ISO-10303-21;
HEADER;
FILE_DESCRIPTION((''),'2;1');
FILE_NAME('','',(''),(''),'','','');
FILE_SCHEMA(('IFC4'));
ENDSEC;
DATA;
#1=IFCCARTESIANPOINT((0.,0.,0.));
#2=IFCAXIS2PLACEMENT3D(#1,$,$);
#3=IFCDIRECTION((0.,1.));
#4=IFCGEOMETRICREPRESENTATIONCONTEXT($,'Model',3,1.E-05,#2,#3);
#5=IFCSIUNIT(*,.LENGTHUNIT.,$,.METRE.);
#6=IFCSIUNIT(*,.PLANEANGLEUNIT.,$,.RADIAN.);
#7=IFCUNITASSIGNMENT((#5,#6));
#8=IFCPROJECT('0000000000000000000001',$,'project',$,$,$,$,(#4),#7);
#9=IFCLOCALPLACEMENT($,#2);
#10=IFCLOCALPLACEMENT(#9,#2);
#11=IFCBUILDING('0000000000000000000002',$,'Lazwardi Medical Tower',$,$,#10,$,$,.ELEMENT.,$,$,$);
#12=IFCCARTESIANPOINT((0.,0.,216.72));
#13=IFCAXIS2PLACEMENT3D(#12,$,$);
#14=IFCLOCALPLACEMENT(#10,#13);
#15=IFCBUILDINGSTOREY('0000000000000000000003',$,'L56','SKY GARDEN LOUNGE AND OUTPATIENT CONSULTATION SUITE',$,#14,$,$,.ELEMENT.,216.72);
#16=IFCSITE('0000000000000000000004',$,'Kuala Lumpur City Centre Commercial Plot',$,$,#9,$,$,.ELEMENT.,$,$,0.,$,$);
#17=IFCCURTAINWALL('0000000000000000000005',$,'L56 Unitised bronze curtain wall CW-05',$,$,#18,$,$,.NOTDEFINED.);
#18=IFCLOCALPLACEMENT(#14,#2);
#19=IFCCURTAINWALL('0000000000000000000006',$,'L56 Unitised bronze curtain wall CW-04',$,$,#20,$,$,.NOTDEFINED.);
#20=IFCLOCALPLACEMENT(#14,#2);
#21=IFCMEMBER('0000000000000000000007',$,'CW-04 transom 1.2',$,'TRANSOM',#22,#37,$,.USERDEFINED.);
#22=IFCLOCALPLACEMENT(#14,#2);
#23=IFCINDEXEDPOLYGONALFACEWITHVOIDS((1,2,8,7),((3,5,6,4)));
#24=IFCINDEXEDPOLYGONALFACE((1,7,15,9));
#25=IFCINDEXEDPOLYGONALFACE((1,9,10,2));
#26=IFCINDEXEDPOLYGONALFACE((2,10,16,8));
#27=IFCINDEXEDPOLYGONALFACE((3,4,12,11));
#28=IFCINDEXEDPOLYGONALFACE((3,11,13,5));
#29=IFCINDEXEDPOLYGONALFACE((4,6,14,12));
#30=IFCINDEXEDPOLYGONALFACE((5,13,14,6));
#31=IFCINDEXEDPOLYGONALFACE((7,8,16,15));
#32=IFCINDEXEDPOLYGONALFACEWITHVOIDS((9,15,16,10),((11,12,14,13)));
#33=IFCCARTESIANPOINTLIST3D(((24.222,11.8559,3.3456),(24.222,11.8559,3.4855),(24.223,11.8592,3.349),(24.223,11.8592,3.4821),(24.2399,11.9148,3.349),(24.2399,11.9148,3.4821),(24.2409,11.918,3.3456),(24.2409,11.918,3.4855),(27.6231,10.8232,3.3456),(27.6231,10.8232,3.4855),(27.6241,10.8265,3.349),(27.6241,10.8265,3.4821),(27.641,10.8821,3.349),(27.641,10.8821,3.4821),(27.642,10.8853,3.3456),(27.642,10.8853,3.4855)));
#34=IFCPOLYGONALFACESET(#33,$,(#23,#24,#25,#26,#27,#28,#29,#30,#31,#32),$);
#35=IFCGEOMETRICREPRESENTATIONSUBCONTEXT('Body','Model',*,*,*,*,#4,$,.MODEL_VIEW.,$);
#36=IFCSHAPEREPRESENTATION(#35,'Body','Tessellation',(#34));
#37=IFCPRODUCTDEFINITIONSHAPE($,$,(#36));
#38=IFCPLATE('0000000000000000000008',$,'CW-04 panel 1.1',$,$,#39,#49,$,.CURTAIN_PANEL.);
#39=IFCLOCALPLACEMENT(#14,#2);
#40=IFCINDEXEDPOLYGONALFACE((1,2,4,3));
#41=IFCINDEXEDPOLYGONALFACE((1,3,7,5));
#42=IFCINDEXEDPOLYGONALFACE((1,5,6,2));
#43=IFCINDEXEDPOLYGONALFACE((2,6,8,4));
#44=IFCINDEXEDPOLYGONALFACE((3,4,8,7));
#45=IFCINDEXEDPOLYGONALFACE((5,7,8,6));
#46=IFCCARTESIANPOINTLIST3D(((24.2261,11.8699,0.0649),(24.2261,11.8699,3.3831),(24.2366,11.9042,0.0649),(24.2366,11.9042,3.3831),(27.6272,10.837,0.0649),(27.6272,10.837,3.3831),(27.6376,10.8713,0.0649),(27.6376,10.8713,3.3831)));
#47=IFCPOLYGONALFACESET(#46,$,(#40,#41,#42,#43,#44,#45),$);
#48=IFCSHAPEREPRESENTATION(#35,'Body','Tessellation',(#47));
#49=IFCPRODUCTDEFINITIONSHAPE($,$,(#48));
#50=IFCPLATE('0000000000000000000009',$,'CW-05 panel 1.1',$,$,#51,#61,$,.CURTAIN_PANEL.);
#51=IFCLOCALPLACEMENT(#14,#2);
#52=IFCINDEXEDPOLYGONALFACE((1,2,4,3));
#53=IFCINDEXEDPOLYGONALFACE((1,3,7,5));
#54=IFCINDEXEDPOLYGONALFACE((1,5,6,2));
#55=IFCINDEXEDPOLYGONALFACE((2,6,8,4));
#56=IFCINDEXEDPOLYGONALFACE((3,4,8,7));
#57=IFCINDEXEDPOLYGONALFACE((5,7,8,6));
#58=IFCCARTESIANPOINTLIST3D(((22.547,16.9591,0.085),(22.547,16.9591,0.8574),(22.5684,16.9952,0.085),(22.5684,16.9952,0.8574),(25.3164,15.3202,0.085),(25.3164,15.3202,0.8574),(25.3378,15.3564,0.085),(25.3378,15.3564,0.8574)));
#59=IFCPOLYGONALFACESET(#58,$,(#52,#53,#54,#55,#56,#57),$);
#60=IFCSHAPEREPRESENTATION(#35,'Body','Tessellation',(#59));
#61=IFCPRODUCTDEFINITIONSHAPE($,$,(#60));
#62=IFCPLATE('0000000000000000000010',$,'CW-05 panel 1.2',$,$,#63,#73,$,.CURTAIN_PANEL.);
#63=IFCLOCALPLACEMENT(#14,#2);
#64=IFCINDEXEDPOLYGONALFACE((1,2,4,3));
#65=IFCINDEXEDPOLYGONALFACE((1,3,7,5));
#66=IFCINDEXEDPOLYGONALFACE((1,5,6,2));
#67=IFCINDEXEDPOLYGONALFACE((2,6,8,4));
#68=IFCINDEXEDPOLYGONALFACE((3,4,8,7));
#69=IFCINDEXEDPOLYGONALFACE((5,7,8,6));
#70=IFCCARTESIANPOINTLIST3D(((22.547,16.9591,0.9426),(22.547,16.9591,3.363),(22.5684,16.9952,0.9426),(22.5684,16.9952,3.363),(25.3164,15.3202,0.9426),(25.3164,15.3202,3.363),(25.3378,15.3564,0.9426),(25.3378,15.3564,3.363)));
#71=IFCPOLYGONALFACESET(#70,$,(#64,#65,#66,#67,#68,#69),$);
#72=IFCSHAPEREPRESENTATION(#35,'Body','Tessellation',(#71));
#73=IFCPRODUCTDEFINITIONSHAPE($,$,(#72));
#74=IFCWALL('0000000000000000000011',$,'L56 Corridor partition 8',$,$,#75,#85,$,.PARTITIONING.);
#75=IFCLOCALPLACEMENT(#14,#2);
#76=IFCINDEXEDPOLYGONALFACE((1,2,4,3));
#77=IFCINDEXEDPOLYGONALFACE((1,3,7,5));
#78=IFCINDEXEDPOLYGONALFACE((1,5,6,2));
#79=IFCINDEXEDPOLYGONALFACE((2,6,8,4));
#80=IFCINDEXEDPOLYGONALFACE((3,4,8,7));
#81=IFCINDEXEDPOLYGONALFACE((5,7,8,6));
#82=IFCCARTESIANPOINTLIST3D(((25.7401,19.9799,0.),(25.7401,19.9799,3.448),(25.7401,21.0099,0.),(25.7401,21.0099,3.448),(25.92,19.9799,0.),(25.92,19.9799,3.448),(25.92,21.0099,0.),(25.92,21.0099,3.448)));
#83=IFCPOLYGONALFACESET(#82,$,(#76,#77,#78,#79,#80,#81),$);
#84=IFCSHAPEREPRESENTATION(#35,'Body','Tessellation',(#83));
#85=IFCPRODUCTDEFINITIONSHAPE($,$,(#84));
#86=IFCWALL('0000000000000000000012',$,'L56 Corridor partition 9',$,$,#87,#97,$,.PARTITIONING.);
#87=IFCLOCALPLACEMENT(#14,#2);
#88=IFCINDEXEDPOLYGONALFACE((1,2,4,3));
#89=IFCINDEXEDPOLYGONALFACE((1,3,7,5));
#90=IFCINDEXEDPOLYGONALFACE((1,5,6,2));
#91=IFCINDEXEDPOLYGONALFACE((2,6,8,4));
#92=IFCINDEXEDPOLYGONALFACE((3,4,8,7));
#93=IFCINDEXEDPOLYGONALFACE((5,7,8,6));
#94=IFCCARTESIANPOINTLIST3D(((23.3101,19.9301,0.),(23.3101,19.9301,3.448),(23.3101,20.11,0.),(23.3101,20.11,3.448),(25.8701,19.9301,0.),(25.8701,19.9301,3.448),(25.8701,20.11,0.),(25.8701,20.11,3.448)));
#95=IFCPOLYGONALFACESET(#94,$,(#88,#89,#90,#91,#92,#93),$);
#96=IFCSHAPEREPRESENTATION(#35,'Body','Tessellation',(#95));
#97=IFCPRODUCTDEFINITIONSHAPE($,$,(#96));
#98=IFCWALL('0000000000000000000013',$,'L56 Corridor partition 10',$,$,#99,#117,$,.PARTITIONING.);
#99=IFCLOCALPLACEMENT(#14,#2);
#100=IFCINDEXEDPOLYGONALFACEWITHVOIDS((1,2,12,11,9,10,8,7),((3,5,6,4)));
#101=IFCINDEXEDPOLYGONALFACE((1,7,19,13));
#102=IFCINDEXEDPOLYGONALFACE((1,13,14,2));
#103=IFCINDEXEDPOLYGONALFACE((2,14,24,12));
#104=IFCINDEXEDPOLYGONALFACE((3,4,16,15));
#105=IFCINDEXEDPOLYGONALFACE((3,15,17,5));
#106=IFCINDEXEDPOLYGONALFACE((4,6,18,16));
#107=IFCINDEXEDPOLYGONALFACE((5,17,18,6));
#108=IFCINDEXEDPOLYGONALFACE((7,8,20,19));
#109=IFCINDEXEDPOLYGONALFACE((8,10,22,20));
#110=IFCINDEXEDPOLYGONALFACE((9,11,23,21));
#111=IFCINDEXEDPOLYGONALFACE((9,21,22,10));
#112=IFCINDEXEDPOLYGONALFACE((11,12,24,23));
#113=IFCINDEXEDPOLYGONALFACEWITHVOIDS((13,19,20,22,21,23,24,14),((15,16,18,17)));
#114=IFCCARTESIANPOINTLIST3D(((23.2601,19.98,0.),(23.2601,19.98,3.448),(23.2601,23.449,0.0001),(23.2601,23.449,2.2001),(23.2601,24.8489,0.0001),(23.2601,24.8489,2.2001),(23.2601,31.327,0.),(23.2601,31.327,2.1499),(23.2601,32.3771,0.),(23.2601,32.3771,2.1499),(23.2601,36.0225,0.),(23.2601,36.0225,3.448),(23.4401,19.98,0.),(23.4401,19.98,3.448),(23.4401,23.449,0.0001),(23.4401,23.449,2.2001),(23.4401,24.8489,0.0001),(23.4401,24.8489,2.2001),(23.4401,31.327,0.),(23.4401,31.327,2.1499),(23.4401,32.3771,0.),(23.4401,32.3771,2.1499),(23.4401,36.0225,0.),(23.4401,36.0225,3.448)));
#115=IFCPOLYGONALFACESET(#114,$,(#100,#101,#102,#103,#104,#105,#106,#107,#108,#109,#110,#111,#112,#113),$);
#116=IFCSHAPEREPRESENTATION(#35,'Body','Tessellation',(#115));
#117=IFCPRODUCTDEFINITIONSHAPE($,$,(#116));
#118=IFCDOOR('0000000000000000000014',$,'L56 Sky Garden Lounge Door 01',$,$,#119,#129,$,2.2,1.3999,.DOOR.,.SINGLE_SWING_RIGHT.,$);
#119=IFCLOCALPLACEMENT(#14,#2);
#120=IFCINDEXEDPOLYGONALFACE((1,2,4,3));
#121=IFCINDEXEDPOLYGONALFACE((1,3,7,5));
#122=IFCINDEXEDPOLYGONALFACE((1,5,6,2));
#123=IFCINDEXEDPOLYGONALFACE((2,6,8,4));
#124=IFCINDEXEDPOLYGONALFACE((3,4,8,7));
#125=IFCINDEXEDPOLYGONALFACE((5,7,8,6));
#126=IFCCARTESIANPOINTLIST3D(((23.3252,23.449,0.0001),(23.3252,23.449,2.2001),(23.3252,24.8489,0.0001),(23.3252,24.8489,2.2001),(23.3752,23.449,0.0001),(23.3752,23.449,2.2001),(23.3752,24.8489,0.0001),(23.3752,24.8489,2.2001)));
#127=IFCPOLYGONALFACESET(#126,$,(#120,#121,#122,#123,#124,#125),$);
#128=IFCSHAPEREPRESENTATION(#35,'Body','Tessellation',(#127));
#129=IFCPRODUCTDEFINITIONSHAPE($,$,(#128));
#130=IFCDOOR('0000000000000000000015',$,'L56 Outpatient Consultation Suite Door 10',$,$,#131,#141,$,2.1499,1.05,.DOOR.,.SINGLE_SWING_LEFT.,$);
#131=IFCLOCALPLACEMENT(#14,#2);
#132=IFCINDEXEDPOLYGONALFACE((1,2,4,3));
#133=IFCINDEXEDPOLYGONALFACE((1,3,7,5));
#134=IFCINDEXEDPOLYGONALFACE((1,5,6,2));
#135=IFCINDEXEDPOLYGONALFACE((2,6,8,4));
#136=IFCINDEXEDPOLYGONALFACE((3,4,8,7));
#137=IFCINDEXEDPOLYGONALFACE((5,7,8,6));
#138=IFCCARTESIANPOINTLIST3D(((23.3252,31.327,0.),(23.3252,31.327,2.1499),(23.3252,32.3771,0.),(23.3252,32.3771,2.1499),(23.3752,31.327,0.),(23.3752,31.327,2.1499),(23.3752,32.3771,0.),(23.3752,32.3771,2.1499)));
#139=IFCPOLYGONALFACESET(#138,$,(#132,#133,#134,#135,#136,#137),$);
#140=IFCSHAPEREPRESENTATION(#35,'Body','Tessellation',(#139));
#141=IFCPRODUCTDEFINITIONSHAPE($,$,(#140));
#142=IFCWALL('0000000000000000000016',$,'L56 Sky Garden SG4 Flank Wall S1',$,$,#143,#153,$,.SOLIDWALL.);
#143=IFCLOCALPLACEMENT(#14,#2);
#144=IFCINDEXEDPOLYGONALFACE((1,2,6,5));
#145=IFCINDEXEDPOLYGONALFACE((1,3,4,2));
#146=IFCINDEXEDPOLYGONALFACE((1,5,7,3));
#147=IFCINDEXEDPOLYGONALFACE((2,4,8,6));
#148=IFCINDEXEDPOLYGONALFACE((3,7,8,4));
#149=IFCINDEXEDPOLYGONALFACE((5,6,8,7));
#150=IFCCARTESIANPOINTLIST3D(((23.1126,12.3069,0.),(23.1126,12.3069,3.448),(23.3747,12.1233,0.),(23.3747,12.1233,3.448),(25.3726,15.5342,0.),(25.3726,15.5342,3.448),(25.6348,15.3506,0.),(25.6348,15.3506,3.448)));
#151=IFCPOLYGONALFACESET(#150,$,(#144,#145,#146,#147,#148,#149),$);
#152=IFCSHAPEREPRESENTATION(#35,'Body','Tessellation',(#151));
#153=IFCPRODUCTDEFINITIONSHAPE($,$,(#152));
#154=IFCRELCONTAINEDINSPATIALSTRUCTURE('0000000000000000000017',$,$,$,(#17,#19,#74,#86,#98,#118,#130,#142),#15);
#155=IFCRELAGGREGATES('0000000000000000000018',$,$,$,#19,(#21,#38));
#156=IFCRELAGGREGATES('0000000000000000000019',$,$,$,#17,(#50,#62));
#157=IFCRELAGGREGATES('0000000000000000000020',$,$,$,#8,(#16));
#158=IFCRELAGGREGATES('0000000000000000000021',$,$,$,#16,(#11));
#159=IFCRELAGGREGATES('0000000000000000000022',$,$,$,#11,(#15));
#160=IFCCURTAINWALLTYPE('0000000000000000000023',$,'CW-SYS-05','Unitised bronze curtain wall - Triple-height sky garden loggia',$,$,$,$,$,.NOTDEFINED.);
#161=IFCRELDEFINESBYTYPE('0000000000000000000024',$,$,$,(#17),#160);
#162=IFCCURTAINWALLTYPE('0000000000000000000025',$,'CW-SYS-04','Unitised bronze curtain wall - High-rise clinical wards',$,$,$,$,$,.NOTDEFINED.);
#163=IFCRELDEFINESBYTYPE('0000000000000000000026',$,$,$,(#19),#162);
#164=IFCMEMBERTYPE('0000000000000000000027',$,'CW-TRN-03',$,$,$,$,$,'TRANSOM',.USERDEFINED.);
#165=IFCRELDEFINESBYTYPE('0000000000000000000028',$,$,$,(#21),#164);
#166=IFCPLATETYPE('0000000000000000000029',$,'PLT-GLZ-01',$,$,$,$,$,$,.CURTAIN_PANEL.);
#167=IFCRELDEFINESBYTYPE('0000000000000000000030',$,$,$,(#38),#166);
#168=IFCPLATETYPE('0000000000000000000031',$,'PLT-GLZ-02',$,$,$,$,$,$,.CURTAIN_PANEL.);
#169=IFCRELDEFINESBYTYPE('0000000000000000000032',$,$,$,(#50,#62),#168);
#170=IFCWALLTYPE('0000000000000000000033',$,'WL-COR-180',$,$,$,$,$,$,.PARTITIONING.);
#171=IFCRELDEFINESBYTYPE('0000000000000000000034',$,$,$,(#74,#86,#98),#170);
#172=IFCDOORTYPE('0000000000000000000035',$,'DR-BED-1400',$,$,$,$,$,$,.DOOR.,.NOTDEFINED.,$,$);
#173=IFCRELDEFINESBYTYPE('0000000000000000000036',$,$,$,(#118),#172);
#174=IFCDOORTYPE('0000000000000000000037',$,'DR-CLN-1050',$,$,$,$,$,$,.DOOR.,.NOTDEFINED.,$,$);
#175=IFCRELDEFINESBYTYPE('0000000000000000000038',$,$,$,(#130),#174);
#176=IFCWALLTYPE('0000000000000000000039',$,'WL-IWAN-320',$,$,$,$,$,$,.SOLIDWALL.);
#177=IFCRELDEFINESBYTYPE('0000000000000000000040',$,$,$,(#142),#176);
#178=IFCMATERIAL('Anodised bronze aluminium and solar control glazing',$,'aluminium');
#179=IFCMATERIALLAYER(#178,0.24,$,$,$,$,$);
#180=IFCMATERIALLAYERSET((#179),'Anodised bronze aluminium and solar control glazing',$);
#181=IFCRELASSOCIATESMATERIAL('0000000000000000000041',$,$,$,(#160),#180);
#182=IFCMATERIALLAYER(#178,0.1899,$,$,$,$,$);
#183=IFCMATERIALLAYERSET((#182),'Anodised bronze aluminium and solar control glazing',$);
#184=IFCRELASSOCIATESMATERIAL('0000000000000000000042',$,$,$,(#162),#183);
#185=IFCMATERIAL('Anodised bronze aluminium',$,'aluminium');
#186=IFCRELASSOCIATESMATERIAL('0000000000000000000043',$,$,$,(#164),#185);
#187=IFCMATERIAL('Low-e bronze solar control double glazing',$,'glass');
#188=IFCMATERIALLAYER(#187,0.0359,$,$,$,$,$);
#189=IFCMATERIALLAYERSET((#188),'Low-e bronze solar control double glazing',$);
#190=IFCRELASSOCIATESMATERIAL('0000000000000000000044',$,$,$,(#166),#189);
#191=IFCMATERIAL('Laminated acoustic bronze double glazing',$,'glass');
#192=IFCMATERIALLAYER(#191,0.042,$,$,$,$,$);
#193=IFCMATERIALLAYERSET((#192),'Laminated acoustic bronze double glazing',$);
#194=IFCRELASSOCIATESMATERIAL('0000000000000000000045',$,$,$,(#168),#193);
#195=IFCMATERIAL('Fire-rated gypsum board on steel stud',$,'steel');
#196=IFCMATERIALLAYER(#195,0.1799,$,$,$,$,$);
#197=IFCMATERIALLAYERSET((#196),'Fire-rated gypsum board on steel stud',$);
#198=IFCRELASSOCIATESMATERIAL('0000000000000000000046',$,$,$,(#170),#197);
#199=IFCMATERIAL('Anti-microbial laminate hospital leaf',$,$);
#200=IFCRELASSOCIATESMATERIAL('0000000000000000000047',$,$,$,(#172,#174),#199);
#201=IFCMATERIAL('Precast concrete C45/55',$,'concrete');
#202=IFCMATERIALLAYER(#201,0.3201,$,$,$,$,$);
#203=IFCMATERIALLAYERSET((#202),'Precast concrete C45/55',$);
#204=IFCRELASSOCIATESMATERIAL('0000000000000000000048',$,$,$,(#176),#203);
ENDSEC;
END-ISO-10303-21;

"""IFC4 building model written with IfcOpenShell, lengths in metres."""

from ifc_helpers import new_model, si_unit, direction, frame, frame_2d, origin, origin_2d, place, context, subcontext, project, spatial, rectangle, hollow_rectangle, extrude, material, layer, layer_set, material_profile, profile_set, type_object, element, fill, aggregate, save


model = new_model("IFC4")

# Units and contexts
model_context = context("Model", 3, precision=1e-05, world=origin(), true_north=direction((0.0, 1.0)))
body_context = subcontext(model_context, "Body", "Model", "MODEL_VIEW")
ifc_project = project(units=[si_unit("LENGTHUNIT", "METRE"), si_unit("PLANEANGLEUNIT", "RADIAN")], contexts=[model_context])

# Site, building, storey
site_placement = place(None, origin())
site = spatial("IfcSite", under=ifc_project, at=site_placement, Name="Kuala Lumpur City Centre Commercial Plot", CompositionType="ELEMENT", RefElevation=0.0)
building_placement = place(site_placement, origin())
building = spatial("IfcBuilding", under=site, at=building_placement, Name="Lazwardi Medical Tower", CompositionType="ELEMENT")
storey_placement = place(building_placement, frame((0.0, 0.0, 216.72)))
storey = spatial("IfcBuildingStorey", under=building, at=storey_placement, Name="L56", Description="SKY GARDEN LOUNGE AND OUTPATIENT CONSULTATION SUITE", CompositionType="ELEMENT", Elevation=216.72)

# Shared definitions
ifc_material_1 = material(Name="Anodised bronze aluminium and solar control glazing", Category="aluminium")
ifc_layer_1 = layer(ifc_material_1, 0.24)
ifc_layer_set_1 = layer_set([ifc_layer_1], Name="Anodised bronze aluminium and solar control glazing")
curtain_wall_type_1 = type_object("IfcCurtainWallType", Name="CW-SYS-05", Description="Unitised bronze curtain wall - Triple-height sky garden loggia", PredefinedType="NOTDEFINED", material=ifc_layer_set_1)
ifc_material_2 = material(Name="Anodised bronze aluminium", Category="aluminium")

# Curtain wall
curtain_wall_1_placement = place(storey_placement, origin())
curtain_wall_1 = element("IfcCurtainWall", 1, at=curtain_wall_1_placement, inside=storey, type_object=curtain_wall_type_1, Name="L56 Unitised bronze curtain wall CW-05", PredefinedType="NOTDEFINED")

# Curtain wall
ifc_layer_2 = layer(ifc_material_1, 0.1899)
ifc_layer_set_2 = layer_set([ifc_layer_2], Name="Anodised bronze aluminium and solar control glazing")
curtain_wall_type_2 = type_object("IfcCurtainWallType", Name="CW-SYS-04", Description="Unitised bronze curtain wall - High-rise clinical wards", PredefinedType="NOTDEFINED", material=ifc_layer_set_2)
curtain_wall_2_placement = place(storey_placement, origin())
curtain_wall_2 = element("IfcCurtainWall", 2, at=curtain_wall_2_placement, inside=storey, type_object=curtain_wall_type_2, Name="L56 Unitised bronze curtain wall CW-04", PredefinedType="NOTDEFINED")

# Member
ifc_material_profile_1 = material_profile(ifc_material_2, hollow_rectangle(XDim=0.0649, YDim=0.1399, WallThickness=0.0034, at=origin_2d()), Name="ALU-TRANSOM 140x65x3.5")
ifc_profile_set_1 = profile_set([ifc_material_profile_1], Name="Anodised bronze aluminium")
member_type_1 = type_object("IfcMemberType", Name="CW-TRN-03", ElementType="TRANSOM", PredefinedType="USERDEFINED", material=ifc_profile_set_1)
member_1_placement = place(storey_placement, frame((24.2314, 11.887, 3.4155), z_axis=(0.956863, -0.290541, 0.0), x_axis=(0.290541, 0.956863, 0.0)))
member_1 = element("IfcMember", 3, at=member_1_placement, type_object=member_type_1, Name="CW-04 transom 1.2", ObjectType="TRANSOM", PredefinedType="USERDEFINED", context=body_context, shape_type="SweptSolid", body=[
    extrude(hollow_rectangle(XDim=0.0649, YDim=0.1399, WallThickness=0.0034, at=origin_2d()), origin(), (0.0, 0.0, 1.0), 3.5544),
])

# Plates
ifc_material_3 = material(Name="Low-e bronze solar control double glazing", Category="glass")
ifc_layer_3 = layer(ifc_material_3, 0.0359)
ifc_layer_set_3 = layer_set([ifc_layer_3], Name="Low-e bronze solar control double glazing")
plate_type_1 = type_object("IfcPlateType", Name="PLT-GLZ-01", PredefinedType="CURTAIN_PANEL", material=ifc_layer_set_3)
plate_1_placement = place(storey_placement, frame((25.9319, 11.3706, 0.0649), z_axis=(0.0, 0.0, 1.0), x_axis=(0.95685, -0.290582, 0.0)))
plate_1 = element("IfcPlate", 4, at=plate_1_placement, type_object=plate_type_1, Name="CW-04 panel 1.1", PredefinedType="CURTAIN_PANEL", context=body_context, shape_type="SweptSolid", body=[
    extrude(rectangle(XDim=3.5544, YDim=0.0359, at=origin_2d()), origin(), (0.0, 0.0, 1.0), 3.3181),
])
aggregate(curtain_wall_2, [member_1, plate_1])
ifc_material_4 = material(Name="Laminated acoustic bronze double glazing", Category="glass")
ifc_layer_4 = layer(ifc_material_4, 0.042)
ifc_layer_set_4 = layer_set([ifc_layer_4], Name="Laminated acoustic bronze double glazing")
plate_type_2 = type_object("IfcPlateType", Name="PLT-GLZ-02", PredefinedType="CURTAIN_PANEL", material=ifc_layer_set_4)
plate_2_placement = place(storey_placement, frame((23.9424, 16.1577, 0.085), z_axis=(0.0, 0.0, 1.0), x_axis=(0.860605, -0.509273, 0.0)))
plate_2 = element("IfcPlate", 5, at=plate_2_placement, type_object=plate_type_2, Name="CW-05 panel 1.1", PredefinedType="CURTAIN_PANEL", context=body_context, shape_type="SweptSolid", body=[
    extrude(rectangle(XDim=3.218, YDim=0.042, at=origin_2d()), origin(), (0.0, 0.0, 1.0), 0.7725),
])
plate_3_placement = place(storey_placement, frame((23.9424, 16.1577, 0.9426), z_axis=(0.0, 0.0, 1.0), x_axis=(0.860605, -0.509273, 0.0)))
plate_3 = element("IfcPlate", 6, at=plate_3_placement, type_object=plate_type_2, Name="CW-05 panel 1.2", PredefinedType="CURTAIN_PANEL", context=body_context, shape_type="SweptSolid", body=[
    extrude(rectangle(XDim=3.218, YDim=0.042, at=origin_2d()), origin(), (0.0, 0.0, 1.0), 2.4204),
])
aggregate(curtain_wall_1, [plate_2, plate_3])

# Walls
ifc_material_5 = material(Name="Fire-rated gypsum board on steel stud", Category="steel")
ifc_layer_5 = layer(ifc_material_5, 0.1799)
ifc_layer_set_5 = layer_set([ifc_layer_5], Name="Fire-rated gypsum board on steel stud")
wall_type_1 = type_object("IfcWallType", Name="WL-COR-180", PredefinedType="PARTITIONING", material=ifc_layer_set_5)
wall_1_placement = place(storey_placement, frame((25.8301, 21.01, 0.0), z_axis=(0.0, 0.0, 1.0), x_axis=(0.0, -1.0, 0.0)))
element("IfcWall", 7, at=wall_1_placement, inside=storey, type_object=wall_type_1, Name="L56 Corridor partition 8", PredefinedType="PARTITIONING", context=body_context, shape_type="SweptSolid", body=[
    extrude(rectangle(XDim=1.03, YDim=0.1799, at=frame_2d((0.5151, 0.0))), origin(), (0.0, 0.0, 1.0), 3.448),
])
wall_2_placement = place(storey_placement, frame((25.8701, 20.02, 0.0), z_axis=(0.0, 0.0, 1.0), x_axis=(-1.0, 0.0, 0.0)))
element("IfcWall", 8, at=wall_2_placement, inside=storey, type_object=wall_type_1, Name="L56 Corridor partition 9", PredefinedType="PARTITIONING", context=body_context, shape_type="SweptSolid", body=[
    extrude(rectangle(XDim=2.5601, YDim=0.1799, at=frame_2d((1.28, 0.0))), origin(), (0.0, 0.0, 1.0), 3.448),
])

# Wall, openings, doors
wall_3_placement = place(storey_placement, frame((23.3501, 19.98, 0.0), z_axis=(0.0, 0.0, 1.0), x_axis=(0.0, 1.0, 0.0)))
wall_3 = element("IfcWall", 9, at=wall_3_placement, inside=storey, type_object=wall_type_1, Name="L56 Corridor partition 10", PredefinedType="PARTITIONING", context=body_context, shape_type="SweptSolid", body=[
    extrude(rectangle(XDim=16.0425, YDim=0.1799, at=frame_2d((8.0212, 0.0))), origin(), (0.0, 0.0, 1.0), 3.448),
])
opening_1_placement = place(wall_3_placement, frame((3.469, 0.0, 0.0)))
opening_1 = element("IfcOpeningElement", 10, at=opening_1_placement, cuts=wall_3, PredefinedType="OPENING", context=body_context, shape_type="SweptSolid", body=[
    extrude(rectangle(XDim=1.3999, YDim=2.2, at=frame_2d((0.7, 1.1001))), frame((0.0, 0.0999, 0.0), z_axis=(0.0, -1.0, 0.0), x_axis=(1.0, 0.0, 0.0)), (0.0, 0.0, 1.0), 0.2),
])
opening_2_placement = place(wall_3_placement, frame((11.3472, 0.0, 0.0)))
opening_2 = element("IfcOpeningElement", 11, at=opening_2_placement, cuts=wall_3, PredefinedType="OPENING", context=body_context, shape_type="SweptSolid", body=[
    extrude(rectangle(XDim=1.05, YDim=2.1499, at=frame_2d((0.5249, 1.075))), frame((0.0, 0.0999, 0.0), z_axis=(0.0, -1.0, 0.0), x_axis=(1.0, 0.0, 0.0)), (0.0, 0.0, 1.0), 0.2),
])
ifc_material_6 = material(Name="Anti-microbial laminate hospital leaf")
door_type_1 = type_object("IfcDoorType", Name="DR-BED-1400", OperationType="NOTDEFINED", PredefinedType="DOOR", material=ifc_material_6)
door_1_placement = place(opening_1_placement, origin())
door_1 = element("IfcDoor", 12, at=door_1_placement, inside=storey, type_object=door_type_1, Name="L56 Sky Garden Lounge Door 01", OperationType="SINGLE_SWING_RIGHT", OverallHeight=2.2, OverallWidth=1.3999, PredefinedType="DOOR", context=body_context, shape_type="SweptSolid", body=[
    extrude(rectangle(XDim=1.3999, YDim=2.2, at=frame_2d((0.7, 1.1001))), frame((0.0, 0.0249, 0.0), z_axis=(0.0, -1.0, 0.0), x_axis=(1.0, 0.0, 0.0)), (0.0, 0.0, 1.0), 0.05),
])
fill(opening_1, door_1)
door_type_2 = type_object("IfcDoorType", Name="DR-CLN-1050", OperationType="NOTDEFINED", PredefinedType="DOOR", material=ifc_material_6)
door_2_placement = place(opening_2_placement, origin())
door_2 = element("IfcDoor", 13, at=door_2_placement, inside=storey, type_object=door_type_2, Name="L56 Outpatient Consultation Suite Door 10", OperationType="SINGLE_SWING_LEFT", OverallHeight=2.1499, OverallWidth=1.05, PredefinedType="DOOR", context=body_context, shape_type="SweptSolid", body=[
    extrude(rectangle(XDim=1.05, YDim=2.1499, at=frame_2d((0.5249, 1.075))), frame((0.0, 0.0249, 0.0), z_axis=(0.0, -1.0, 0.0), x_axis=(1.0, 0.0, 0.0)), (0.0, 0.0, 1.0), 0.05),
])
fill(opening_2, door_2)

# Wall
ifc_material_7 = material(Name="Precast concrete C45/55", Category="concrete")
ifc_layer_6 = layer(ifc_material_7, 0.3201)
ifc_layer_set_6 = layer_set([ifc_layer_6], Name="Precast concrete C45/55")
wall_type_2 = type_object("IfcWallType", Name="WL-IWAN-320", PredefinedType="SOLIDWALL", material=ifc_layer_set_6)
wall_4_placement = place(storey_placement, frame((23.2437, 12.2151, 0.0), z_axis=(0.0, 0.0, 1.0), x_axis=(0.573616, 0.819124, 0.0)))
element("IfcWall", 14, at=wall_4_placement, inside=storey, type_object=wall_type_2, Name="L56 Sky Garden SG4 Flank Wall S1", PredefinedType="SOLIDWALL", context=body_context, shape_type="SweptSolid", body=[
    extrude(rectangle(XDim=3.9399, YDim=0.3201, at=frame_2d((1.97, 0.0))), origin(), (0.0, 0.0, 1.0), 3.448),
])

save(model, "model.ifc")
